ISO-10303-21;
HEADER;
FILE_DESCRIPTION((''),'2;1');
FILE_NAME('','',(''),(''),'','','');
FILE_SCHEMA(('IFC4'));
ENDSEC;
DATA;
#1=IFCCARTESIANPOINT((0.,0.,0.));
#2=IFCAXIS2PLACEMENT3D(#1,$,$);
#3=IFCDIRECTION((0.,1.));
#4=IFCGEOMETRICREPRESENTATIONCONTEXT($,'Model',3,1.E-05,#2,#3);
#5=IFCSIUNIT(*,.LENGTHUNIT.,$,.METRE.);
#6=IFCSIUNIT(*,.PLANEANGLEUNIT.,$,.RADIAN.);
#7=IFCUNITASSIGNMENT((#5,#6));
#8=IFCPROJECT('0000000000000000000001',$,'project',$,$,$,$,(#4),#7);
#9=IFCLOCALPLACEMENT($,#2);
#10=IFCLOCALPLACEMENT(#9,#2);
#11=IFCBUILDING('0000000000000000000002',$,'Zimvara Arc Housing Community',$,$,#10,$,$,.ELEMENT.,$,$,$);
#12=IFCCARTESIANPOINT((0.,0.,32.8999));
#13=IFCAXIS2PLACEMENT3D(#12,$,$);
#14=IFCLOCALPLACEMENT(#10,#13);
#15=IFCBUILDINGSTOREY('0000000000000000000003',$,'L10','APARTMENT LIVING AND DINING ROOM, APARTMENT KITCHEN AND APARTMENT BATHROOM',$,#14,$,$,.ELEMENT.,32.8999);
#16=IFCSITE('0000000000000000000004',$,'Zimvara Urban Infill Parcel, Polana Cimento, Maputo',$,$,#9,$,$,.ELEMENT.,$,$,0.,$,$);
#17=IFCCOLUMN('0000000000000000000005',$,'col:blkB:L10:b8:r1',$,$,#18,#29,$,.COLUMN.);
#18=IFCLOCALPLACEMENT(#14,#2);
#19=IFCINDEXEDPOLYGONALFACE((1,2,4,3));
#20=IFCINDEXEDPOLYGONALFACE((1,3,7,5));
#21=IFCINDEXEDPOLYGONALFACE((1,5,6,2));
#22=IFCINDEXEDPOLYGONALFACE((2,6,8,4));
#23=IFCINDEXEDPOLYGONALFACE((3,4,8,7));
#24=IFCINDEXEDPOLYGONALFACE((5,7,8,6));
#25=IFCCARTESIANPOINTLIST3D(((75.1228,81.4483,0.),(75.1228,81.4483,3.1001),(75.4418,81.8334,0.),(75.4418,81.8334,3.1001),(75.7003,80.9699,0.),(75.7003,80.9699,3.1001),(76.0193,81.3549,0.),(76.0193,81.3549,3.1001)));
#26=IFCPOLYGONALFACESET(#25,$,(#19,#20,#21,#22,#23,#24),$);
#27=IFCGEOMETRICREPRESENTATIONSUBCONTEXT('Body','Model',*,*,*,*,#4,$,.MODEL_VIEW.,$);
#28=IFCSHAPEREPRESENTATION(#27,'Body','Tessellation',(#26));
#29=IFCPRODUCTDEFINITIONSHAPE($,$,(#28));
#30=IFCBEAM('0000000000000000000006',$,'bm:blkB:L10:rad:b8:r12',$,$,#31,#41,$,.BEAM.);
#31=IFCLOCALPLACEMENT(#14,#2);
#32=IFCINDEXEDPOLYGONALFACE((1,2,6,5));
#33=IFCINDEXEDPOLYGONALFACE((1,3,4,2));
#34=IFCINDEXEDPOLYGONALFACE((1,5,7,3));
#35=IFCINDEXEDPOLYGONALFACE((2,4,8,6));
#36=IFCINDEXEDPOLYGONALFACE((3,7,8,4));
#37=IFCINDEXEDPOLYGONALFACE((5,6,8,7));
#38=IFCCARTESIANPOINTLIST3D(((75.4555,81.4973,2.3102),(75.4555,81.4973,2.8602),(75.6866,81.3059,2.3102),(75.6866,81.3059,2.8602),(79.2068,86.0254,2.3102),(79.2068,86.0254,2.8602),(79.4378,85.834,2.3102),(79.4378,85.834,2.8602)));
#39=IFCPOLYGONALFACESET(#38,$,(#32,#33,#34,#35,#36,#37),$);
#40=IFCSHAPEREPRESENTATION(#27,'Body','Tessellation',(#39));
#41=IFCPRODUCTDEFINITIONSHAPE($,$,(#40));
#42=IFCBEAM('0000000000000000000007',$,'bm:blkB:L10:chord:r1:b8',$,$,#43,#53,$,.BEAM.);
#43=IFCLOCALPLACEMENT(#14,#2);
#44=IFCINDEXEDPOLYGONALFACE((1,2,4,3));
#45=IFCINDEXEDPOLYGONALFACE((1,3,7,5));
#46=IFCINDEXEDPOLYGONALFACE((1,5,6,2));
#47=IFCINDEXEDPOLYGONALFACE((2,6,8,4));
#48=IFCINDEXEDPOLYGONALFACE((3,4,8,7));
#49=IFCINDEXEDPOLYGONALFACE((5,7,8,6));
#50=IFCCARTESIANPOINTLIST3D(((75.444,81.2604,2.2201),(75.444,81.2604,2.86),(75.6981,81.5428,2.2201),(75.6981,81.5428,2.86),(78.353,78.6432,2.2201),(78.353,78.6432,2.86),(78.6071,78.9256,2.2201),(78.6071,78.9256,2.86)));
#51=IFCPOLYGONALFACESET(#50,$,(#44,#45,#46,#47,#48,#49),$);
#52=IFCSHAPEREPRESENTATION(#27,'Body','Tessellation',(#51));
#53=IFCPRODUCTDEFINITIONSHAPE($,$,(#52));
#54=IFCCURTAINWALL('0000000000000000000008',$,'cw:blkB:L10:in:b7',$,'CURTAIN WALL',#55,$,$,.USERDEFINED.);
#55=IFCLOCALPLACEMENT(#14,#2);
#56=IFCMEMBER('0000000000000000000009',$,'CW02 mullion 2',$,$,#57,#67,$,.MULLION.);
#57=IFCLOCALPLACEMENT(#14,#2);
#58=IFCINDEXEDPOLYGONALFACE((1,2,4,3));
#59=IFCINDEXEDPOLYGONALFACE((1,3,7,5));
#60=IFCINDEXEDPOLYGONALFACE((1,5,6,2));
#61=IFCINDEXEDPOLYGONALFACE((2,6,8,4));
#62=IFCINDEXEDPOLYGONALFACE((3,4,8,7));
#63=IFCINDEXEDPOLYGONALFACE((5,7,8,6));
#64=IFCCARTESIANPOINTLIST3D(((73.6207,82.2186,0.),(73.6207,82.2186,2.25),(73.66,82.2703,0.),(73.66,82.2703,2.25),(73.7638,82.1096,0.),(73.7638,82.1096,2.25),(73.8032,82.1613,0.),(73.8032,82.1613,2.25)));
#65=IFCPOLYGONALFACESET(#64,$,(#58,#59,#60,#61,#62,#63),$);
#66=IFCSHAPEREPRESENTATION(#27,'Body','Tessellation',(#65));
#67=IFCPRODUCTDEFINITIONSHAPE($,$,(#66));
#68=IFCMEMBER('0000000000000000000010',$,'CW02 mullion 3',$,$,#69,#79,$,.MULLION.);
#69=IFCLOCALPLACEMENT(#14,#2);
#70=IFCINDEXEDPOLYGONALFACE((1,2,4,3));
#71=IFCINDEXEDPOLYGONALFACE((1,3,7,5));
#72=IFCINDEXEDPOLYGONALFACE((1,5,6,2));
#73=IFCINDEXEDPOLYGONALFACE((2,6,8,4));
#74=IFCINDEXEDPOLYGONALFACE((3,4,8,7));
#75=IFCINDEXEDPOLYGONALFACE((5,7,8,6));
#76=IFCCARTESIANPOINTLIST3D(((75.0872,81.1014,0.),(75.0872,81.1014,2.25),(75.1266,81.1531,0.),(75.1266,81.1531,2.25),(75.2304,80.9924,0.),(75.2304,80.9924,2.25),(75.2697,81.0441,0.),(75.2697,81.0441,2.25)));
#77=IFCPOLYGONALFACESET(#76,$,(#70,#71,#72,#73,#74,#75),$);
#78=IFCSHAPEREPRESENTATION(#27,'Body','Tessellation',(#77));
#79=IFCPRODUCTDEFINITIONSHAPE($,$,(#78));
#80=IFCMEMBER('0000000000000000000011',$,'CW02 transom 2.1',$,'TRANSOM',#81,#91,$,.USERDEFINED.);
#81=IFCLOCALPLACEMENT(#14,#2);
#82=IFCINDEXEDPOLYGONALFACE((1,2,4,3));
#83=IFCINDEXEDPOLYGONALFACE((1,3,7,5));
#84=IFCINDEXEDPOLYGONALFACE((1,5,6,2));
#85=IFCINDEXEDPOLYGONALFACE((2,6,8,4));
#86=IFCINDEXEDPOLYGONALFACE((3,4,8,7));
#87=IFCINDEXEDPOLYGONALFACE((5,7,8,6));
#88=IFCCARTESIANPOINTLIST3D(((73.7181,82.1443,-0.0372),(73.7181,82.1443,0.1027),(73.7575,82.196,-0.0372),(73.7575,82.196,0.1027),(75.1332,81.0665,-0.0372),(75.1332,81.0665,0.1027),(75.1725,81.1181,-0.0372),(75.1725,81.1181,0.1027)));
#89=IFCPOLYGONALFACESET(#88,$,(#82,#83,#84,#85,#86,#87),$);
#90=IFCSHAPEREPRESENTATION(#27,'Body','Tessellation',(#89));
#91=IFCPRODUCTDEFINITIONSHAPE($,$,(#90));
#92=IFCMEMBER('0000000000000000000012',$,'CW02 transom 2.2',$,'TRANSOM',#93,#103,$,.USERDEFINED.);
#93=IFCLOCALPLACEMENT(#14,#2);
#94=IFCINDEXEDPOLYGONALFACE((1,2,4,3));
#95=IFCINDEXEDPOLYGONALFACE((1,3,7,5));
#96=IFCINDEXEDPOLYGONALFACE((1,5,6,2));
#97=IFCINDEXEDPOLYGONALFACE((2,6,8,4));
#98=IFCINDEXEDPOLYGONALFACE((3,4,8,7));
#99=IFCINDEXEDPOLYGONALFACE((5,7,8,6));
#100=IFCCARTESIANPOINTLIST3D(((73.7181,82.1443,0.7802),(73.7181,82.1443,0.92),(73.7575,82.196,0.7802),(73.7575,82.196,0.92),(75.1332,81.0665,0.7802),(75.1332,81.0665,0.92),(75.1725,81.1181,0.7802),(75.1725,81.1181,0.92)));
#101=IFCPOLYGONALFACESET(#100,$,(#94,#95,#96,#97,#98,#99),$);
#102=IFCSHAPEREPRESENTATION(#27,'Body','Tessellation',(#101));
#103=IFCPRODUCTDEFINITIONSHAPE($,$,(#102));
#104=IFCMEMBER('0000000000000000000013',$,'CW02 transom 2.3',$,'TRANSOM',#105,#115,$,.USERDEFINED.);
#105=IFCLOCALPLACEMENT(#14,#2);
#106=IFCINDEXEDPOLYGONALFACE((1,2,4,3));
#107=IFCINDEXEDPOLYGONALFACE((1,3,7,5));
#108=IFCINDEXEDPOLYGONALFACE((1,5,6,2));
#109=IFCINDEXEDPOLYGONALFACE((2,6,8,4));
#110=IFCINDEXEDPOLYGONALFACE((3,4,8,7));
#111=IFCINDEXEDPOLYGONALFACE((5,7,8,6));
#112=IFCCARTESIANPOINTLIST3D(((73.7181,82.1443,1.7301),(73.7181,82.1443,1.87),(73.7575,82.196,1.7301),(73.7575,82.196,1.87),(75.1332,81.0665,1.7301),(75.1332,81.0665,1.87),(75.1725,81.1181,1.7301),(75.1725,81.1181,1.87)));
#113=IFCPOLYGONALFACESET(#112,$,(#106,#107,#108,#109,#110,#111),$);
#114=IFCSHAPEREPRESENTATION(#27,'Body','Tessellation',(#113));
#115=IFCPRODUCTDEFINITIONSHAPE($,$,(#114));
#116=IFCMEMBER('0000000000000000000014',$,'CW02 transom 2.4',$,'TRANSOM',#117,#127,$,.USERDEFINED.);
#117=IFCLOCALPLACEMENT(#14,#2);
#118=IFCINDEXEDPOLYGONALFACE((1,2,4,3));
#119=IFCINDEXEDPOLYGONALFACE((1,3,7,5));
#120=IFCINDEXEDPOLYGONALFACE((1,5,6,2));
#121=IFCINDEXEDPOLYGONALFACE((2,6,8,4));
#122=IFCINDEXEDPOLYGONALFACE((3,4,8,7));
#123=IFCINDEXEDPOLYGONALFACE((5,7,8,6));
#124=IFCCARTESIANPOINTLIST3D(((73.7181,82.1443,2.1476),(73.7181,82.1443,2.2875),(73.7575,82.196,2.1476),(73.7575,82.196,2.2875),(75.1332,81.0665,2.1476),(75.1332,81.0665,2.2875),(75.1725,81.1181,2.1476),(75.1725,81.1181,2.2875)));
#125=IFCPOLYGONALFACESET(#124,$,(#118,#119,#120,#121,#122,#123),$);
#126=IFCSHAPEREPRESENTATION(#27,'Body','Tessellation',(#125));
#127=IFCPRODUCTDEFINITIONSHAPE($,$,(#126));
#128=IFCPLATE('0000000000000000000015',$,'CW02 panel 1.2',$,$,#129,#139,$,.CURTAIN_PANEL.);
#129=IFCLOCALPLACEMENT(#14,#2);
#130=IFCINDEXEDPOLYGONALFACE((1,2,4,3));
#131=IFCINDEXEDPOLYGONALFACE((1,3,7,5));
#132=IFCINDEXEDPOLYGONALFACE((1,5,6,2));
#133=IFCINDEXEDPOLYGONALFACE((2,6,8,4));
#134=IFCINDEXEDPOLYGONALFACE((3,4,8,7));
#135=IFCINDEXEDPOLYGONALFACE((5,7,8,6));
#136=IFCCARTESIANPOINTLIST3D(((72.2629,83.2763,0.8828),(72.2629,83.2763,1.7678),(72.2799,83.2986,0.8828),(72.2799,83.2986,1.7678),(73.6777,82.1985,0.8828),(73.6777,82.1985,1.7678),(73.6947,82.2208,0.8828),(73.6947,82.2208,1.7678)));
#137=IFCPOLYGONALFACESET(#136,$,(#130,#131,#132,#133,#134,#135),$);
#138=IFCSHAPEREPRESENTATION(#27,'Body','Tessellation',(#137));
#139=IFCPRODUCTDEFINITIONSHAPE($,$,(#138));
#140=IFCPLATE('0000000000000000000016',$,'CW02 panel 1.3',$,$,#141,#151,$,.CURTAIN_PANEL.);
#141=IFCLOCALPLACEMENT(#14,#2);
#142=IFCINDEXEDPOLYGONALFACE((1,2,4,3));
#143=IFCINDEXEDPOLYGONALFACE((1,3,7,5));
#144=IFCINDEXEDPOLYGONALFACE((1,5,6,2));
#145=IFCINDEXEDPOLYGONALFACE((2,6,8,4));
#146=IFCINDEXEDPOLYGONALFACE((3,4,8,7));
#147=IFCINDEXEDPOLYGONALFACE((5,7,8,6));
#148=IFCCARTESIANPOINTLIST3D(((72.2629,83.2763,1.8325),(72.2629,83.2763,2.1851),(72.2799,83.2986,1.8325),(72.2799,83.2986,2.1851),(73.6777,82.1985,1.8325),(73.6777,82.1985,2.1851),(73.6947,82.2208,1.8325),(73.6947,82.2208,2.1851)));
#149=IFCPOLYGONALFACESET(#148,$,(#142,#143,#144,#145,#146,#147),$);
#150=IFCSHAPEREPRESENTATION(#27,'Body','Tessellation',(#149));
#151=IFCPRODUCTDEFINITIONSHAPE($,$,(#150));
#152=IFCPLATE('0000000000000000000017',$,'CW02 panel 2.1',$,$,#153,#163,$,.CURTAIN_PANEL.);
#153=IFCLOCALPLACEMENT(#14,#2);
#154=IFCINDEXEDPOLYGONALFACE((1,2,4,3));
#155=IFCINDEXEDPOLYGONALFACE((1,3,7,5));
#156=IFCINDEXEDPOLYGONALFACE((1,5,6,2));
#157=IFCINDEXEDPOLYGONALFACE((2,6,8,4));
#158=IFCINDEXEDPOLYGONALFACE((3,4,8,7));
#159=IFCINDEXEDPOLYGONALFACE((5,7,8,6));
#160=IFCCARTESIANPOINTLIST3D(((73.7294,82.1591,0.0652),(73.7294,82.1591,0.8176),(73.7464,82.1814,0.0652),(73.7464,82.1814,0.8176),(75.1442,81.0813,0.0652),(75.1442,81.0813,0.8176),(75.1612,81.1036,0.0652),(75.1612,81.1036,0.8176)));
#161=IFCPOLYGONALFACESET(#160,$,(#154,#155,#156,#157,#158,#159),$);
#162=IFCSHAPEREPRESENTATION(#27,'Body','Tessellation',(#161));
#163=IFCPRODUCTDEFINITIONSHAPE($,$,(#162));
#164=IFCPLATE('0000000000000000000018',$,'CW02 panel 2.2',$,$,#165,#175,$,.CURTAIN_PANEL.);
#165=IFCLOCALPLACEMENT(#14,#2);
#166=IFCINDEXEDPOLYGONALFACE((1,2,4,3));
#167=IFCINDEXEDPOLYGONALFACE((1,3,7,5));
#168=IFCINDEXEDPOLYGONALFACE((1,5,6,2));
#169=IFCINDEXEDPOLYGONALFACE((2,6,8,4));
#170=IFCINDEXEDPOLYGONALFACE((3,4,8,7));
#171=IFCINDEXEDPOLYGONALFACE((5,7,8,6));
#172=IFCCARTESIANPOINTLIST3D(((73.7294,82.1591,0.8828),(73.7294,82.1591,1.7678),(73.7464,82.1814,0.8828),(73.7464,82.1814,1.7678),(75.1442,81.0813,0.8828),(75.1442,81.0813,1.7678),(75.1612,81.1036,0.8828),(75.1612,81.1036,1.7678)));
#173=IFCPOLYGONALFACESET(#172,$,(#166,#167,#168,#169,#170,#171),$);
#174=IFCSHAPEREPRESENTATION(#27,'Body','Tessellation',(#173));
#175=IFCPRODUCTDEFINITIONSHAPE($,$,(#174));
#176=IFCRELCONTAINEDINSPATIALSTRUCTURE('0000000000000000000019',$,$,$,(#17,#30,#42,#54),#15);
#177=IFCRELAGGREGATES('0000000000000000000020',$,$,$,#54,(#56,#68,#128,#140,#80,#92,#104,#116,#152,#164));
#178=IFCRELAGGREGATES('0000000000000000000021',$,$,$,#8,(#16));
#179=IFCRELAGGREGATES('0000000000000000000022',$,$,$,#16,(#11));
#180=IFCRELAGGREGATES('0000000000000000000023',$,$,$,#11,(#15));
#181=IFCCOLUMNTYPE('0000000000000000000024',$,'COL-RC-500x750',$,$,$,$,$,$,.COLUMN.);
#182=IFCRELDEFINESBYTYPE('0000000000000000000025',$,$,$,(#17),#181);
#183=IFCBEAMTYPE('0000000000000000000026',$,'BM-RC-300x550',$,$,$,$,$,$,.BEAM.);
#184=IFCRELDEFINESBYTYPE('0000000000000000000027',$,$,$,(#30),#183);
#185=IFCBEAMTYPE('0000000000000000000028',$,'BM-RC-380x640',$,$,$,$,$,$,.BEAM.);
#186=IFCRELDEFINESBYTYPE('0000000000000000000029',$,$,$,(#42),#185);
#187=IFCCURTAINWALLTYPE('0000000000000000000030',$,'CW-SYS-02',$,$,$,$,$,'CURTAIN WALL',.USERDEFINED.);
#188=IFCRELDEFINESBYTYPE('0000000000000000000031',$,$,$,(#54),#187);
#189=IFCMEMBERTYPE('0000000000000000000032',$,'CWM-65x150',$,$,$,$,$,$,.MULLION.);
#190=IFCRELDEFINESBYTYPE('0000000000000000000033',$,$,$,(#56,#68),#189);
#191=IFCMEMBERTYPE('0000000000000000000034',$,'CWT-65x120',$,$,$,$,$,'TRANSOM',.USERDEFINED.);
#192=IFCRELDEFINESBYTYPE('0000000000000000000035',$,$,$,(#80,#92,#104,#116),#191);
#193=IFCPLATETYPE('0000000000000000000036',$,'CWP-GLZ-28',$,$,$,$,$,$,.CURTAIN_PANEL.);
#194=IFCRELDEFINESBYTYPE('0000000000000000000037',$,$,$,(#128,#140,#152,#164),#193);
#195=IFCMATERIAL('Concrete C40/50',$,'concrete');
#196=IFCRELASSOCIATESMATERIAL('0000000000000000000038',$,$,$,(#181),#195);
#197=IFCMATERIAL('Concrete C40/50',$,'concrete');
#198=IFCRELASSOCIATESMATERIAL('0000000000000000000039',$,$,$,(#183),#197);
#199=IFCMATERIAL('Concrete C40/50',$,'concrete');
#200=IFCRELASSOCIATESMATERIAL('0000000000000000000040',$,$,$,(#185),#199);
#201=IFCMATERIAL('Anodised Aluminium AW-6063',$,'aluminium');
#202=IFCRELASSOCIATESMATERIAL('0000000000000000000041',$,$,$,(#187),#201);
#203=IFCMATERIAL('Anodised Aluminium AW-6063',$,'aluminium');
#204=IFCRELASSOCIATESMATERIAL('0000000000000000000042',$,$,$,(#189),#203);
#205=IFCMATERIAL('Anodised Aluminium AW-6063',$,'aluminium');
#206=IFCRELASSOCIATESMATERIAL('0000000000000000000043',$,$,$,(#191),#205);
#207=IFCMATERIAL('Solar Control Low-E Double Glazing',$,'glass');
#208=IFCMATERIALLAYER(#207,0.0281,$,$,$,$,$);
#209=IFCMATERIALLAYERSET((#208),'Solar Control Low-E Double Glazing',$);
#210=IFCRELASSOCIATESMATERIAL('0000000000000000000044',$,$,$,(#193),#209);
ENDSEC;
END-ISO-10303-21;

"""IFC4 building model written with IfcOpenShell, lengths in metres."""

from ifc_helpers import new_model, si_unit, direction, frame, origin, origin_2d, place, context, subcontext, project, spatial, rectangle, extrude, material, layer, layer_set, material_profile, profile_set, type_object, element, aggregate, save


model = new_model("IFC4")

# Units and contexts
model_context = context("Model", 3, precision=1e-05, world=origin(), true_north=direction((0.0, 1.0)))
body_context = subcontext(model_context, "Body", "Model", "MODEL_VIEW")
ifc_project = project(units=[si_unit("LENGTHUNIT", "METRE"), si_unit("PLANEANGLEUNIT", "RADIAN")], contexts=[model_context])

# Site, building, storey
site_placement = place(None, origin())
site = spatial("IfcSite", under=ifc_project, at=site_placement, Name="Zimvara Urban Infill Parcel, Polana Cimento, Maputo", CompositionType="ELEMENT", RefElevation=0.0)
building_placement = place(site_placement, origin())
building = spatial("IfcBuilding", under=site, at=building_placement, Name="Zimvara Arc Housing Community", CompositionType="ELEMENT")
storey_placement = place(building_placement, frame((0.0, 0.0, 32.8999)))
storey = spatial("IfcBuildingStorey", under=building, at=storey_placement, Name="L10", Description="APARTMENT LIVING AND DINING ROOM, APARTMENT KITCHEN AND APARTMENT BATHROOM", CompositionType="ELEMENT", Elevation=32.8999)

# Column
ifc_material_1 = material(Name="Concrete C40/50", Category="concrete")
ifc_material_profile_1 = material_profile(ifc_material_1, rectangle(XDim=0.5, YDim=0.75, at=origin_2d()), Name="RC 500x750")
ifc_profile_set_1 = profile_set([ifc_material_profile_1], Name="Concrete C40/50")
column_type = type_object("IfcColumnType", Name="COL-RC-500x750", PredefinedType="COLUMN", material=ifc_profile_set_1)
column_placement = place(storey_placement, frame((75.571, 81.4016, 0.0), z_axis=(0.0, 0.0, 1.0), x_axis=(0.637962, 0.770068, 0.0)))
element("IfcColumn", 1, at=column_placement, inside=storey, type_object=column_type, Name="col:blkB:L10:b8:r1", PredefinedType="COLUMN", context=body_context, shape_type="SweptSolid", body=[
    extrude(rectangle(XDim=0.5, YDim=0.75, at=origin_2d()), origin(), (0.0, 0.0, 1.0), 3.1001),
])

# Beams
ifc_material_2 = material(Name="Concrete C40/50", Category="concrete")
ifc_material_profile_2 = material_profile(ifc_material_2, rectangle(XDim=0.3, YDim=0.55, at=origin_2d()), Name="RC 300x550")
ifc_profile_set_2 = profile_set([ifc_material_profile_2], Name="Concrete C40/50")
beam_type_1 = type_object("IfcBeamType", Name="BM-RC-300x550", PredefinedType="BEAM", material=ifc_profile_set_2)
beam_1_placement = place(storey_placement, frame((75.571, 81.4016, 2.5852), z_axis=(0.637956, 0.770073, 0.0), x_axis=(-0.770073, 0.637956, 0.0)))
element("IfcBeam", 2, at=beam_1_placement, inside=storey, type_object=beam_type_1, Name="bm:blkB:L10:rad:b8:r12", PredefinedType="BEAM", context=body_context, shape_type="SweptSolid", body=[
    extrude(rectangle(XDim=0.3, YDim=0.55, at=origin_2d()), origin(), (0.0, 0.0, 1.0), 5.8801),
])
ifc_material_3 = material(Name="Concrete C40/50", Category="concrete")
ifc_material_profile_3 = material_profile(ifc_material_3, rectangle(XDim=0.3799, YDim=0.6399, at=origin_2d()), Name="RC 380x640")
ifc_profile_set_3 = profile_set([ifc_material_profile_3], Name="Concrete C40/50")
beam_type_2 = type_object("IfcBeamType", Name="BM-RC-380x640", PredefinedType="BEAM", material=ifc_profile_set_3)
beam_2_placement = place(storey_placement, frame((75.571, 81.4016, 2.54), z_axis=(0.743403, -0.668844, 0.0), x_axis=(0.668844, 0.743403, 0.0)))
element("IfcBeam", 3, at=beam_2_placement, inside=storey, type_object=beam_type_2, Name="bm:blkB:L10:chord:r1:b8", PredefinedType="BEAM", context=body_context, shape_type="SweptSolid", body=[
    extrude(rectangle(XDim=0.3799, YDim=0.6399, at=origin_2d()), origin(), (0.0, 0.0, 1.0), 3.9131),
])

# Curtain wall, members, plates
ifc_material_4 = material(Name="Anodised Aluminium AW-6063", Category="aluminium")
curtain_wall_type = type_object("IfcCurtainWallType", Name="CW-SYS-02", ElementType="CURTAIN WALL", PredefinedType="USERDEFINED", material=ifc_material_4)
curtain_wall_placement = place(storey_placement, origin())
curtain_wall = element("IfcCurtainWall", 4, at=curtain_wall_placement, inside=storey, type_object=curtain_wall_type, Name="cw:blkB:L10:in:b7", ObjectType="CURTAIN WALL", PredefinedType="USERDEFINED")
ifc_material_5 = material(Name="Anodised Aluminium AW-6063", Category="aluminium")
ifc_material_profile_4 = material_profile(ifc_material_5, rectangle(XDim=0.0649, YDim=0.1799, at=origin_2d()), Name="ALU 65x180")
ifc_profile_set_4 = profile_set([ifc_material_profile_4], Name="Anodised Aluminium AW-6063")
member_type_1 = type_object("IfcMemberType", Name="CWM-65x150", PredefinedType="MULLION", material=ifc_profile_set_4)
member_1_placement = place(storey_placement, frame((73.7119, 82.1899, 0.0), z_axis=(0.0, 0.0, 1.0), x_axis=(0.605988, 0.795474, 0.0)))
member_1 = element("IfcMember", 5, at=member_1_placement, type_object=member_type_1, Name="CW02 mullion 2", PredefinedType="MULLION", context=body_context, shape_type="SweptSolid", body=[
    extrude(rectangle(XDim=0.0649, YDim=0.1799, at=origin_2d()), origin(), (0.0, 0.0, 1.0), 2.25),
])
member_2_placement = place(storey_placement, frame((75.1785, 81.0728, 0.0), z_axis=(0.0, 0.0, 1.0), x_axis=(0.605988, 0.795474, 0.0)))
member_2 = element("IfcMember", 6, at=member_2_placement, type_object=member_type_1, Name="CW02 mullion 3", PredefinedType="MULLION", context=body_context, shape_type="SweptSolid", body=[
    extrude(rectangle(XDim=0.0649, YDim=0.1799, at=origin_2d()), origin(), (0.0, 0.0, 1.0), 2.25),
])
ifc_material_6 = material(Name="Anodised Aluminium AW-6063", Category="aluminium")
ifc_material_profile_5 = material_profile(ifc_material_6, rectangle(XDim=0.0649, YDim=0.1399, at=origin_2d()), Name="ALU 65x140")
ifc_profile_set_5 = profile_set([ifc_material_profile_5], Name="Anodised Aluminium AW-6063")
member_type_2 = type_object("IfcMemberType", Name="CWT-65x120", ElementType="TRANSOM", PredefinedType="USERDEFINED", material=ifc_profile_set_5)
member_3_placement = place(storey_placement, frame((73.7378, 82.1702, 0.0327), z_axis=(0.795498, -0.605956, 0.0), x_axis=(0.605956, 0.795498, 0.0)))
member_3 = element("IfcMember", 7, at=member_3_placement, type_object=member_type_2, Name="CW02 transom 2.1", ObjectType="TRANSOM", PredefinedType="USERDEFINED", context=body_context, shape_type="SweptSolid", body=[
    extrude(rectangle(XDim=0.0649, YDim=0.1399, at=origin_2d()), origin(), (0.0, 0.0, 1.0), 1.7788),
])
member_4_placement = place(storey_placement, frame((73.7378, 82.1702, 0.8501), z_axis=(0.795498, -0.605956, 0.0), x_axis=(0.605956, 0.795498, 0.0)))
member_4 = element("IfcMember", 8, at=member_4_placement, type_object=member_type_2, Name="CW02 transom 2.2", ObjectType="TRANSOM", PredefinedType="USERDEFINED", context=body_context, shape_type="SweptSolid", body=[
    extrude(rectangle(XDim=0.0649, YDim=0.1399, at=origin_2d()), origin(), (0.0, 0.0, 1.0), 1.7788),
])
member_5_placement = place(storey_placement, frame((73.7378, 82.1702, 1.8), z_axis=(0.795498, -0.605956, 0.0), x_axis=(0.605956, 0.795498, 0.0)))
member_5 = element("IfcMember", 9, at=member_5_placement, type_object=member_type_2, Name="CW02 transom 2.3", ObjectType="TRANSOM", PredefinedType="USERDEFINED", context=body_context, shape_type="SweptSolid", body=[
    extrude(rectangle(XDim=0.0649, YDim=0.1399, at=origin_2d()), origin(), (0.0, 0.0, 1.0), 1.7788),
])
member_6_placement = place(storey_placement, frame((73.7378, 82.1702, 2.2175), z_axis=(0.795498, -0.605956, 0.0), x_axis=(0.605956, 0.795498, 0.0)))
member_6 = element("IfcMember", 10, at=member_6_placement, type_object=member_type_2, Name="CW02 transom 2.4", ObjectType="TRANSOM", PredefinedType="USERDEFINED", context=body_context, shape_type="SweptSolid", body=[
    extrude(rectangle(XDim=0.0649, YDim=0.1399, at=origin_2d()), origin(), (0.0, 0.0, 1.0), 1.7788),
])
ifc_material_7 = material(Name="Solar Control Low-E Double Glazing", Category="glass")
ifc_layer_1 = layer(ifc_material_7, 0.0281)
ifc_layer_set_1 = layer_set([ifc_layer_1], Name="Solar Control Low-E Double Glazing")
plate_type = type_object("IfcPlateType", Name="CWP-GLZ-28", PredefinedType="CURTAIN_PANEL", material=ifc_layer_set_1)
plate_1_placement = place(storey_placement, frame((72.9788, 82.7485, 0.8828), z_axis=(0.0, 0.0, 1.0), x_axis=(0.795474, -0.605988, 0.0)))
plate_1 = element("IfcPlate", 11, at=plate_1_placement, type_object=plate_type, Name="CW02 panel 1.2", PredefinedType="CURTAIN_PANEL", context=body_context, shape_type="SweptSolid", body=[
    extrude(rectangle(XDim=1.7786, YDim=0.0281, at=origin_2d()), origin(), (0.0, 0.0, 1.0), 0.885),
])
plate_2_placement = place(storey_placement, frame((72.9788, 82.7485, 1.8325), z_axis=(0.0, 0.0, 1.0), x_axis=(0.795474, -0.605988, 0.0)))
plate_2 = element("IfcPlate", 12, at=plate_2_placement, type_object=plate_type, Name="CW02 panel 1.3", PredefinedType="CURTAIN_PANEL", context=body_context, shape_type="SweptSolid", body=[
    extrude(rectangle(XDim=1.7786, YDim=0.0281, at=origin_2d()), origin(), (0.0, 0.0, 1.0), 0.3525),
])
plate_3_placement = place(storey_placement, frame((74.4453, 81.6313, 0.0652), z_axis=(0.0, 0.0, 1.0), x_axis=(0.795474, -0.605988, 0.0)))
plate_3 = element("IfcPlate", 13, at=plate_3_placement, type_object=plate_type, Name="CW02 panel 2.1", PredefinedType="CURTAIN_PANEL", context=body_context, shape_type="SweptSolid", body=[
    extrude(rectangle(XDim=1.7786, YDim=0.0281, at=origin_2d()), origin(), (0.0, 0.0, 1.0), 0.7524),
])
plate_4_placement = place(storey_placement, frame((74.4453, 81.6313, 0.8828), z_axis=(0.0, 0.0, 1.0), x_axis=(0.795474, -0.605988, 0.0)))
plate_4 = element("IfcPlate", 14, at=plate_4_placement, type_object=plate_type, Name="CW02 panel 2.2", PredefinedType="CURTAIN_PANEL", context=body_context, shape_type="SweptSolid", body=[
    extrude(rectangle(XDim=1.7786, YDim=0.0281, at=origin_2d()), origin(), (0.0, 0.0, 1.0), 0.885),
])
aggregate(curtain_wall, [member_1, member_2, plate_1, plate_2, member_3, member_4, member_5, member_6, plate_3, plate_4])

save(model, "model.ifc")
